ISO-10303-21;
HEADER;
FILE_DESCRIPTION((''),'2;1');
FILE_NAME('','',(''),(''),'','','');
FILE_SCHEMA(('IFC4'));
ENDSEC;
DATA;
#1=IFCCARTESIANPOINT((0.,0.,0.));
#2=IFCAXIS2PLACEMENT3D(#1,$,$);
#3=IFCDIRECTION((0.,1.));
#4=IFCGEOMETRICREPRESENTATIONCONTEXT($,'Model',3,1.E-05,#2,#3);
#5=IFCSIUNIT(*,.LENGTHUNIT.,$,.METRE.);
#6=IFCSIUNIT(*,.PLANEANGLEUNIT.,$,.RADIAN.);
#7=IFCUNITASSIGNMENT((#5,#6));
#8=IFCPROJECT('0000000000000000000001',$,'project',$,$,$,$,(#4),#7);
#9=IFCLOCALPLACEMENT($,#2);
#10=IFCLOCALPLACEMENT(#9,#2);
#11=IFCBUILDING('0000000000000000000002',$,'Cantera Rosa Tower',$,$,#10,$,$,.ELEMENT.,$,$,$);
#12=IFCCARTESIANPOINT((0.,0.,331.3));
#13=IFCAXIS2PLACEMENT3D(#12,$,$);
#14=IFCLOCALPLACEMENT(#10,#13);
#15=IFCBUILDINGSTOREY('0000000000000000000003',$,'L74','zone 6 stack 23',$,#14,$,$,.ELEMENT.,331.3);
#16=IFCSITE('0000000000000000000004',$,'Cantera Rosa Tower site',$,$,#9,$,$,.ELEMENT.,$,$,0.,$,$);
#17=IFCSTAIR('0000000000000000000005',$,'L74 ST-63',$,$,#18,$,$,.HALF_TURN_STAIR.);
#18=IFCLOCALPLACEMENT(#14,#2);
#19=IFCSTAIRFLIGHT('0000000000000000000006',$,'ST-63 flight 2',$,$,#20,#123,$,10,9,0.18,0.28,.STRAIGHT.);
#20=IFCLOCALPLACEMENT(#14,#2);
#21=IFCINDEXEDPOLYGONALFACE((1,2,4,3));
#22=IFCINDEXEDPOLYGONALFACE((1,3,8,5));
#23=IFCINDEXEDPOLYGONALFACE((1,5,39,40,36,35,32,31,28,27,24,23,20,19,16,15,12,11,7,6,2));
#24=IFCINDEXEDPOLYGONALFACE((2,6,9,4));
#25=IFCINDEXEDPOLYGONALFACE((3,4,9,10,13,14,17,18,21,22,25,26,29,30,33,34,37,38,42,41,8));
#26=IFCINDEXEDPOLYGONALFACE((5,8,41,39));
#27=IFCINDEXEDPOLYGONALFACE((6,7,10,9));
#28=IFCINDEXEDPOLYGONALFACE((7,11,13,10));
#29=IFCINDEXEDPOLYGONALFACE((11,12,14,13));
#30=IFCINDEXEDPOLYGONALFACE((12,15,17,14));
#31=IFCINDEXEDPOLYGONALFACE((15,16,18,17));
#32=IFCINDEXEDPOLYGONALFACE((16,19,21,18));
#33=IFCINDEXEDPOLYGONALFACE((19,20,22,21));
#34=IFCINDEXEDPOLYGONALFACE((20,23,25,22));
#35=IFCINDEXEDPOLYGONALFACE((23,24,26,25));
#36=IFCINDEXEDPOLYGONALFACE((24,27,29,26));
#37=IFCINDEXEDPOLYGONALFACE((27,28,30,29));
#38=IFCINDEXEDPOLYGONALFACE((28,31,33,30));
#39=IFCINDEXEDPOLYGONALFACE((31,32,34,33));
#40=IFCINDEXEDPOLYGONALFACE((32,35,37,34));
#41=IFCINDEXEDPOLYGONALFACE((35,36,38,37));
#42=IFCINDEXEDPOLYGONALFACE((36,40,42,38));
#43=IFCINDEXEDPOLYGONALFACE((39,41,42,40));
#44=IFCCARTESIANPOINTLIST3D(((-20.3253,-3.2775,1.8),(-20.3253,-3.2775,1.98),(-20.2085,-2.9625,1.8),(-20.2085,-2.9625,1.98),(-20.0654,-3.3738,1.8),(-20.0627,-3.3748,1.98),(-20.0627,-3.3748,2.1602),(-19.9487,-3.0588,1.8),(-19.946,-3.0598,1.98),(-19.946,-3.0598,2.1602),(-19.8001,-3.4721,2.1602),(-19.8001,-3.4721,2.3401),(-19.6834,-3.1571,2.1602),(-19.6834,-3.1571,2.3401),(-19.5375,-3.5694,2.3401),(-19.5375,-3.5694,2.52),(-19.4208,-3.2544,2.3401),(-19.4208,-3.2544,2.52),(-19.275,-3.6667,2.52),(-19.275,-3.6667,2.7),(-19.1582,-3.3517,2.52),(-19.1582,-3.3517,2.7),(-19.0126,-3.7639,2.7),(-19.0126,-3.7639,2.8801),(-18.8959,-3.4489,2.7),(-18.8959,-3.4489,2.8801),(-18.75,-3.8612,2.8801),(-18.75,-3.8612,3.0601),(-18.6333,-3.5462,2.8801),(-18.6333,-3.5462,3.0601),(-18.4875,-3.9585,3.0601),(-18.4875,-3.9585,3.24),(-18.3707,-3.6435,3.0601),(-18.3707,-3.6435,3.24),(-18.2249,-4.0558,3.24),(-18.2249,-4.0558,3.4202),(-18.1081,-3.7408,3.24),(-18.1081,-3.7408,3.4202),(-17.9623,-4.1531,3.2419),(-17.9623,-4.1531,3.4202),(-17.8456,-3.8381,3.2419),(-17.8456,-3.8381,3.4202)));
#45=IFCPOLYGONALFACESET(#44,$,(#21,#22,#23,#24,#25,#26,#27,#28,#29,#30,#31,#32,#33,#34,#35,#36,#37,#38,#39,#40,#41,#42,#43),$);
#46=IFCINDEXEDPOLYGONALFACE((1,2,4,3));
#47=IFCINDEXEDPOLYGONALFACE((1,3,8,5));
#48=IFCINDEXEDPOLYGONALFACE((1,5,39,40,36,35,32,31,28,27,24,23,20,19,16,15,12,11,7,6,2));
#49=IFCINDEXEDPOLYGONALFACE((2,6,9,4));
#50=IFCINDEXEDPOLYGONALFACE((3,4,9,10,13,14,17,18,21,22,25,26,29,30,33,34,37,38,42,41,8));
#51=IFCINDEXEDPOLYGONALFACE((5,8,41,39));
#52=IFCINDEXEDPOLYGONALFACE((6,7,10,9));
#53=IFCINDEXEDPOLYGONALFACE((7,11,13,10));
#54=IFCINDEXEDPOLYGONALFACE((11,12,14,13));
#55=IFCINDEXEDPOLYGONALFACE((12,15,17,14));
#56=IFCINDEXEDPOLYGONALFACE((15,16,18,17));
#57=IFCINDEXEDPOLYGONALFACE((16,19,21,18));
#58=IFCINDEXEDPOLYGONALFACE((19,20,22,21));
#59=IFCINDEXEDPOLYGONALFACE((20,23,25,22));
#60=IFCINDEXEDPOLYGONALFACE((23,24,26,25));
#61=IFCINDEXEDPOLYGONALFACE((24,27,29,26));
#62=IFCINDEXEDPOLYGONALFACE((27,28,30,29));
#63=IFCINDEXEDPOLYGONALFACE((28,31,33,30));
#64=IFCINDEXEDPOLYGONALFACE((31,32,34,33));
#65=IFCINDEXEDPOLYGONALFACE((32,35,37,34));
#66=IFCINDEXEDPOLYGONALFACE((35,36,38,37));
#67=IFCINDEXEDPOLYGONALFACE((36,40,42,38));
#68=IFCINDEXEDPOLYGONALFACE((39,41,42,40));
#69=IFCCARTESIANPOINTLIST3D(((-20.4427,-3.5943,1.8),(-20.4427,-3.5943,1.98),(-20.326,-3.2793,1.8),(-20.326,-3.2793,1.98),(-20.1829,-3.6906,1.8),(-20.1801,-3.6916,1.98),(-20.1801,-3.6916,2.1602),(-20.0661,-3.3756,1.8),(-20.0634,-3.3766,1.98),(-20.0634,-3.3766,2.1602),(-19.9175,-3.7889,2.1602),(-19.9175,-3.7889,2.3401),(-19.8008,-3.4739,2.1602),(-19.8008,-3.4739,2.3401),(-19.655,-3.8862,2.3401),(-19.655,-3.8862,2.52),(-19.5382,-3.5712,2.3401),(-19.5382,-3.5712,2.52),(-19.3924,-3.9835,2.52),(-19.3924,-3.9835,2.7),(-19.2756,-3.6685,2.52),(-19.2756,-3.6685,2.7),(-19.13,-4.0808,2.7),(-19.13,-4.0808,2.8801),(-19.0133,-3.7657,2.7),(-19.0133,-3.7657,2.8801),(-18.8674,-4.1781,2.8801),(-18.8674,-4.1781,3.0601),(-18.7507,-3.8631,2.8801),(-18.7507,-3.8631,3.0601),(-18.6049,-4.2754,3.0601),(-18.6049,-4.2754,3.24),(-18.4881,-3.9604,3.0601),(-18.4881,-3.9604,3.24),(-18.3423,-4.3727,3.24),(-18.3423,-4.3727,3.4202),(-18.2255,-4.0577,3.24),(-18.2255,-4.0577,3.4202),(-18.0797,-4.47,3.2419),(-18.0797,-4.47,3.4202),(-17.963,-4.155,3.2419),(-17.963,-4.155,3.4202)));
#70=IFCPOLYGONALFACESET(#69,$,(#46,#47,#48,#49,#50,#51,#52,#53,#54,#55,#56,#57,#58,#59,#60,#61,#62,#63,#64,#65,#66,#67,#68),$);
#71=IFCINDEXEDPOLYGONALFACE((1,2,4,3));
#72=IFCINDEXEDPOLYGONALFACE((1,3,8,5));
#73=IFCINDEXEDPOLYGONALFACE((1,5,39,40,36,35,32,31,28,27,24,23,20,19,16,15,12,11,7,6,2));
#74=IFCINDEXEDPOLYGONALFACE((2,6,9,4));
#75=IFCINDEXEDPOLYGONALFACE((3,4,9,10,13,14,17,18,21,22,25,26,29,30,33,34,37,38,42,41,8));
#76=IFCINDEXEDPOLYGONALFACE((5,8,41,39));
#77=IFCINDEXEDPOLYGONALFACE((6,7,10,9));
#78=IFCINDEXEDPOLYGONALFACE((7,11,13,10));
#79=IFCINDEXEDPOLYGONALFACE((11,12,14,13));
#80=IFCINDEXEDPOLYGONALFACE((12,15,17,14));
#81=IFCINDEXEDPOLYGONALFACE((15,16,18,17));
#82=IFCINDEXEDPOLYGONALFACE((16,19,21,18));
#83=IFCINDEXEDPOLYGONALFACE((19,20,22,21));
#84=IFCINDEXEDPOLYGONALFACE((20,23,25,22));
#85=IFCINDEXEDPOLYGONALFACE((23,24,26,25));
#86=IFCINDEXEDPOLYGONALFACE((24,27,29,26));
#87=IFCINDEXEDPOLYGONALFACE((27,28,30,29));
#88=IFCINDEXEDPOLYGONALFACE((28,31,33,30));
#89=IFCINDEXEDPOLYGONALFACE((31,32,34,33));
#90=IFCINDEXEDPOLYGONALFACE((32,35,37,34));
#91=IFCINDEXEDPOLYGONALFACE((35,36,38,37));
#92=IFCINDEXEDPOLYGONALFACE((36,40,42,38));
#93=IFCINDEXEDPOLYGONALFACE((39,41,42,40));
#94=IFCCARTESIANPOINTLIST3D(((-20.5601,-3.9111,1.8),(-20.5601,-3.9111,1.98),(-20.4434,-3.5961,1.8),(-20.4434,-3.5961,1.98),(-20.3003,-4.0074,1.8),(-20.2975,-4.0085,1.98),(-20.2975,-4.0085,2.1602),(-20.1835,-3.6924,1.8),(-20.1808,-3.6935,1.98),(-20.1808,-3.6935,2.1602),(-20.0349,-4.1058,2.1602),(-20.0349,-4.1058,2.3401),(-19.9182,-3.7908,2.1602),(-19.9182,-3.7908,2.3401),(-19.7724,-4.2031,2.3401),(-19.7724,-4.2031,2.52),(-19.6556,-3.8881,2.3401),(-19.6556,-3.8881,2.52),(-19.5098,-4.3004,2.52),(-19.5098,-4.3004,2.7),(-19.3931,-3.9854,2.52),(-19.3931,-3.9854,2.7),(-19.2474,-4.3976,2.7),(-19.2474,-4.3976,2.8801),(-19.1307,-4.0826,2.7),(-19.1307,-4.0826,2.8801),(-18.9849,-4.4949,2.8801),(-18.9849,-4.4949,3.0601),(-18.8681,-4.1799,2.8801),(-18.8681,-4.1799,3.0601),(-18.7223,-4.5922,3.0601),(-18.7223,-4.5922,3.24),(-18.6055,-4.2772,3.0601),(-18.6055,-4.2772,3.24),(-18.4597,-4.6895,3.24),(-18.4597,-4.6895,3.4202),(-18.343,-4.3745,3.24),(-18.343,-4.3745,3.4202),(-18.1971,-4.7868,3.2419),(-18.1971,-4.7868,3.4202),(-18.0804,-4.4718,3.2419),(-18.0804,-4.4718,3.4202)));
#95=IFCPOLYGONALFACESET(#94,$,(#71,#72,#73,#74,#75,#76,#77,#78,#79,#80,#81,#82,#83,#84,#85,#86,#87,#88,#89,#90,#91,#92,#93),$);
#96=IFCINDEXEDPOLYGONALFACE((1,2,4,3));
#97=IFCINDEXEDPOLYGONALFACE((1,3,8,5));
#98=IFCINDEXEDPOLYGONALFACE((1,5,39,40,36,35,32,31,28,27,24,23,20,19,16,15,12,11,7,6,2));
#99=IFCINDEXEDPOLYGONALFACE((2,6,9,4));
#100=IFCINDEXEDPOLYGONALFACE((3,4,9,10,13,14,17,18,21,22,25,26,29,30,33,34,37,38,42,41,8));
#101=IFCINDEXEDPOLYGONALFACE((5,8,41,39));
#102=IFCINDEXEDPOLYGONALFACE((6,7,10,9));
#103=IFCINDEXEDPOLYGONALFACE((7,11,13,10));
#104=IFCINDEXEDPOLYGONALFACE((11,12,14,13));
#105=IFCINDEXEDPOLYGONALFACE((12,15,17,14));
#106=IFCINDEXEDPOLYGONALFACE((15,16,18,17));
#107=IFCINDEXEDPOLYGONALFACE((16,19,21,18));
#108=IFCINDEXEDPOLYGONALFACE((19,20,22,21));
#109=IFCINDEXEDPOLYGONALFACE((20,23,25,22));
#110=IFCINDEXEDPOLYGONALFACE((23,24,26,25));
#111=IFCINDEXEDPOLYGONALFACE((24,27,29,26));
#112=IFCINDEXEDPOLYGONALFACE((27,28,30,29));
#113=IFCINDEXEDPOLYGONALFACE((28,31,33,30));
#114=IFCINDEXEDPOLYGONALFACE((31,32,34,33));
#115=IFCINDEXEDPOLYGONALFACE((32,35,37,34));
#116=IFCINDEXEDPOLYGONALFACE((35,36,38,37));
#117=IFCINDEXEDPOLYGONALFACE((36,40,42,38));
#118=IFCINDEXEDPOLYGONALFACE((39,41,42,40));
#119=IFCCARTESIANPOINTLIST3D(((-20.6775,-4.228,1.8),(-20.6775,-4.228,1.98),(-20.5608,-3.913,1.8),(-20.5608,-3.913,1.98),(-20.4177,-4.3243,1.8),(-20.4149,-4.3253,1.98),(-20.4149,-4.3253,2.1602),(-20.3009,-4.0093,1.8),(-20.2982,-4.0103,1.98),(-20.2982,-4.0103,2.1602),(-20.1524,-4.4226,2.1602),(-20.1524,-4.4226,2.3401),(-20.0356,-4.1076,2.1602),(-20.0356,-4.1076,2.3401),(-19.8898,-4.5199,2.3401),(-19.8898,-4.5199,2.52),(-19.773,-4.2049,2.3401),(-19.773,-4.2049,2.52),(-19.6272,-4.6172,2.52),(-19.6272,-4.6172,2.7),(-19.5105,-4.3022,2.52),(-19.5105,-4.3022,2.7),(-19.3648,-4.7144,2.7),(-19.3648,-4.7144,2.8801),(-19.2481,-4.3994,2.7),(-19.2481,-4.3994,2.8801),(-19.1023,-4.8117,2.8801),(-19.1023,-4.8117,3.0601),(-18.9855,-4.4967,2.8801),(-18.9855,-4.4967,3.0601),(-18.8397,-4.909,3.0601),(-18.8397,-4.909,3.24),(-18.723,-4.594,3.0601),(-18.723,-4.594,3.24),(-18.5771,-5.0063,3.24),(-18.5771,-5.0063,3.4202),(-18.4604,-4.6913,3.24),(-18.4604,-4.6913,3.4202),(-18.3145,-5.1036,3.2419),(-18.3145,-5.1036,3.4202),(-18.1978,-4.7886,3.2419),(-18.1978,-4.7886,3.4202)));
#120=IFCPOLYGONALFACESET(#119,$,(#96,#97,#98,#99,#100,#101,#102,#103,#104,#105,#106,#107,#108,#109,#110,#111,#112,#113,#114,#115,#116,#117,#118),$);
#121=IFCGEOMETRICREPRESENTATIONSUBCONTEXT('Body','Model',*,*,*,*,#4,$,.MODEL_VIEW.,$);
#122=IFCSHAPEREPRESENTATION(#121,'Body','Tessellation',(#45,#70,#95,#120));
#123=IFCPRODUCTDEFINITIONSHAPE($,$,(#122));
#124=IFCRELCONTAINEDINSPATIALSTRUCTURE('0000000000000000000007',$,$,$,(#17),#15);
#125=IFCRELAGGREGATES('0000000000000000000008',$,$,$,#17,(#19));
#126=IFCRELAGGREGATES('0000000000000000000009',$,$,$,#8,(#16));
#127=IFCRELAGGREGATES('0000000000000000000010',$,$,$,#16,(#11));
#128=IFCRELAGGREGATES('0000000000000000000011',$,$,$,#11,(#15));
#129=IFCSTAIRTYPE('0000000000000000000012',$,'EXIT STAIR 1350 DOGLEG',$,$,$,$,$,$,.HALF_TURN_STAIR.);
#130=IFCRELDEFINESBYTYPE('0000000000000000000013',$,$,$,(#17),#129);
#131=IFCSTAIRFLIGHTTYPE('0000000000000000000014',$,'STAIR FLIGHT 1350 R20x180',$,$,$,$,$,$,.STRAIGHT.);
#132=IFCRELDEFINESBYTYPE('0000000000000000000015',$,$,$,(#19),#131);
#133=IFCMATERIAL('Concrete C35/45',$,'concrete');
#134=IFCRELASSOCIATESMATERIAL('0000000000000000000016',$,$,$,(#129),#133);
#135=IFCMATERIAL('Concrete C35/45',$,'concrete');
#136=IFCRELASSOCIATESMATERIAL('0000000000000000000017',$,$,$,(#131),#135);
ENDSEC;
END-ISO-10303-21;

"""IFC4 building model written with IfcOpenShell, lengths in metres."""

from ifc_helpers import new_model, si_unit, direction, frame, origin, place, context, subcontext, project, spatial, polyline, outline, extrude, material, type_object, element, aggregate, save


model = new_model("IFC4")

# Units and contexts
model_context = context("Model", 3, precision=1e-05, world=origin(), true_north=direction((0.0, 1.0)))
body_context = subcontext(model_context, "Body", "Model", "MODEL_VIEW")
ifc_project = project(units=[si_unit("LENGTHUNIT", "METRE"), si_unit("PLANEANGLEUNIT", "RADIAN")], contexts=[model_context])

# Site, building, storey
site_placement = place(None, origin())
site = spatial("IfcSite", under=ifc_project, at=site_placement, Name="Cantera Rosa Tower site", CompositionType="ELEMENT", RefElevation=0.0)
building_placement = place(site_placement, origin())
building = spatial("IfcBuilding", under=site, at=building_placement, Name="Cantera Rosa Tower", CompositionType="ELEMENT")
storey_placement = place(building_placement, frame((0.0, 0.0, 331.3)))
storey = spatial("IfcBuildingStorey", under=building, at=storey_placement, Name="L74", Description="zone 6 stack 23", CompositionType="ELEMENT", Elevation=331.3)

# Stair, stair flight
ifc_material_1 = material(Name="Concrete C35/45", Category="concrete")
stair_type = type_object("IfcStairType", Name="EXIT STAIR 1350 DOGLEG", PredefinedType="HALF_TURN_STAIR", material=ifc_material_1)
stair_placement = place(storey_placement, origin())
stair = element("IfcStair", 1, at=stair_placement, inside=storey, type_object=stair_type, Name="L74 ST-63", PredefinedType="HALF_TURN_STAIR")
ifc_material_2 = material(Name="Concrete C35/45", Category="concrete")
stair_flight_type = type_object("IfcStairFlightType", Name="STAIR FLIGHT 1350 R20x180", PredefinedType="STRAIGHT", material=ifc_material_2)
stair_flight_1_placement = place(storey_placement, frame((-20.4431, -3.5955, 1.8), z_axis=(0.0, 0.0, 1.0), x_axis=(0.937687, -0.347481, 0.0)))
stair_flight_1 = element("IfcStairFlight", 2, at=stair_flight_1_placement, type_object=stair_flight_type, Name="ST-63 flight 2", NumberOfRisers=10, NumberOfTreads=9, PredefinedType="STRAIGHT", RiserHeight=0.18, TreadLength=0.28, context=body_context, shape_type="SweptSolid", body=[
    extrude(outline(polyline([(0.0, 0.0), (0.0, 0.1799), (0.28, 0.1799), (0.28, 0.3601), (0.5601, 0.3601), (0.5601, 0.54), (0.8401, 0.54), (0.8401, 0.72), (1.1201, 0.72), (1.1201, 0.8999), (1.3999, 0.8999), (1.3999, 1.0801), (1.6799, 1.0801), (1.6799, 1.26), (1.96, 1.26), (1.96, 1.4399), (2.24, 1.4399), (2.24, 1.6201), (2.52, 1.6201), (2.52, 1.8), (2.52, 1.4419), (0.2771, 0.0), (0.0, 0.0)])), frame((0.0, 0.675, 0.0), z_axis=(0.0, -1.0, 0.0), x_axis=(1.0, 0.0, 0.0)), (0.0, 0.0, 1.0), 0.3359),
    extrude(outline(polyline([(0.0, 0.0), (0.0, 0.1799), (0.28, 0.1799), (0.28, 0.3601), (0.5601, 0.3601), (0.5601, 0.54), (0.8401, 0.54), (0.8401, 0.72), (1.1201, 0.72), (1.1201, 0.8999), (1.3999, 0.8999), (1.3999, 1.0801), (1.6799, 1.0801), (1.6799, 1.26), (1.96, 1.26), (1.96, 1.4399), (2.24, 1.4399), (2.24, 1.6201), (2.52, 1.6201), (2.52, 1.8), (2.52, 1.4419), (0.2771, 0.0), (0.0, 0.0)])), frame((0.0, 0.3372, 0.0), z_axis=(0.0, -1.0, 0.0), x_axis=(1.0, 0.0, 0.0)), (0.0, 0.0, 1.0), 0.3359),
    extrude(outline(polyline([(0.0, 0.0), (0.0, 0.1799), (0.28, 0.1799), (0.28, 0.3601), (0.5601, 0.3601), (0.5601, 0.54), (0.8401, 0.54), (0.8401, 0.72), (1.1201, 0.72), (1.1201, 0.8999), (1.3999, 0.8999), (1.3999, 1.0801), (1.6799, 1.0801), (1.6799, 1.26), (1.96, 1.26), (1.96, 1.4399), (2.24, 1.4399), (2.24, 1.6201), (2.52, 1.6201), (2.52, 1.8), (2.52, 1.4419), (0.2771, 0.0), (0.0, 0.0)])), frame((0.0, -0.0007, 0.0), z_axis=(0.0, -1.0, 0.0), x_axis=(1.0, 0.0, 0.0)), (0.0, 0.0, 1.0), 0.3359),
    extrude(outline(polyline([(0.0, 0.0), (0.0, 0.1799), (0.28, 0.1799), (0.28, 0.3601), (0.5601, 0.3601), (0.5601, 0.54), (0.8401, 0.54), (0.8401, 0.72), (1.1201, 0.72), (1.1201, 0.8999), (1.3999, 0.8999), (1.3999, 1.0801), (1.6799, 1.0801), (1.6799, 1.26), (1.96, 1.26), (1.96, 1.4399), (2.24, 1.4399), (2.24, 1.6201), (2.52, 1.6201), (2.52, 1.8), (2.52, 1.4419), (0.2771, 0.0), (0.0, 0.0)])), frame((0.0, -0.3386, 0.0), z_axis=(0.0, -1.0, 0.0), x_axis=(1.0, 0.0, 0.0)), (0.0, 0.0, 1.0), 0.3359),
])
aggregate(stair, [stair_flight_1])

save(model, "model.ifc")
